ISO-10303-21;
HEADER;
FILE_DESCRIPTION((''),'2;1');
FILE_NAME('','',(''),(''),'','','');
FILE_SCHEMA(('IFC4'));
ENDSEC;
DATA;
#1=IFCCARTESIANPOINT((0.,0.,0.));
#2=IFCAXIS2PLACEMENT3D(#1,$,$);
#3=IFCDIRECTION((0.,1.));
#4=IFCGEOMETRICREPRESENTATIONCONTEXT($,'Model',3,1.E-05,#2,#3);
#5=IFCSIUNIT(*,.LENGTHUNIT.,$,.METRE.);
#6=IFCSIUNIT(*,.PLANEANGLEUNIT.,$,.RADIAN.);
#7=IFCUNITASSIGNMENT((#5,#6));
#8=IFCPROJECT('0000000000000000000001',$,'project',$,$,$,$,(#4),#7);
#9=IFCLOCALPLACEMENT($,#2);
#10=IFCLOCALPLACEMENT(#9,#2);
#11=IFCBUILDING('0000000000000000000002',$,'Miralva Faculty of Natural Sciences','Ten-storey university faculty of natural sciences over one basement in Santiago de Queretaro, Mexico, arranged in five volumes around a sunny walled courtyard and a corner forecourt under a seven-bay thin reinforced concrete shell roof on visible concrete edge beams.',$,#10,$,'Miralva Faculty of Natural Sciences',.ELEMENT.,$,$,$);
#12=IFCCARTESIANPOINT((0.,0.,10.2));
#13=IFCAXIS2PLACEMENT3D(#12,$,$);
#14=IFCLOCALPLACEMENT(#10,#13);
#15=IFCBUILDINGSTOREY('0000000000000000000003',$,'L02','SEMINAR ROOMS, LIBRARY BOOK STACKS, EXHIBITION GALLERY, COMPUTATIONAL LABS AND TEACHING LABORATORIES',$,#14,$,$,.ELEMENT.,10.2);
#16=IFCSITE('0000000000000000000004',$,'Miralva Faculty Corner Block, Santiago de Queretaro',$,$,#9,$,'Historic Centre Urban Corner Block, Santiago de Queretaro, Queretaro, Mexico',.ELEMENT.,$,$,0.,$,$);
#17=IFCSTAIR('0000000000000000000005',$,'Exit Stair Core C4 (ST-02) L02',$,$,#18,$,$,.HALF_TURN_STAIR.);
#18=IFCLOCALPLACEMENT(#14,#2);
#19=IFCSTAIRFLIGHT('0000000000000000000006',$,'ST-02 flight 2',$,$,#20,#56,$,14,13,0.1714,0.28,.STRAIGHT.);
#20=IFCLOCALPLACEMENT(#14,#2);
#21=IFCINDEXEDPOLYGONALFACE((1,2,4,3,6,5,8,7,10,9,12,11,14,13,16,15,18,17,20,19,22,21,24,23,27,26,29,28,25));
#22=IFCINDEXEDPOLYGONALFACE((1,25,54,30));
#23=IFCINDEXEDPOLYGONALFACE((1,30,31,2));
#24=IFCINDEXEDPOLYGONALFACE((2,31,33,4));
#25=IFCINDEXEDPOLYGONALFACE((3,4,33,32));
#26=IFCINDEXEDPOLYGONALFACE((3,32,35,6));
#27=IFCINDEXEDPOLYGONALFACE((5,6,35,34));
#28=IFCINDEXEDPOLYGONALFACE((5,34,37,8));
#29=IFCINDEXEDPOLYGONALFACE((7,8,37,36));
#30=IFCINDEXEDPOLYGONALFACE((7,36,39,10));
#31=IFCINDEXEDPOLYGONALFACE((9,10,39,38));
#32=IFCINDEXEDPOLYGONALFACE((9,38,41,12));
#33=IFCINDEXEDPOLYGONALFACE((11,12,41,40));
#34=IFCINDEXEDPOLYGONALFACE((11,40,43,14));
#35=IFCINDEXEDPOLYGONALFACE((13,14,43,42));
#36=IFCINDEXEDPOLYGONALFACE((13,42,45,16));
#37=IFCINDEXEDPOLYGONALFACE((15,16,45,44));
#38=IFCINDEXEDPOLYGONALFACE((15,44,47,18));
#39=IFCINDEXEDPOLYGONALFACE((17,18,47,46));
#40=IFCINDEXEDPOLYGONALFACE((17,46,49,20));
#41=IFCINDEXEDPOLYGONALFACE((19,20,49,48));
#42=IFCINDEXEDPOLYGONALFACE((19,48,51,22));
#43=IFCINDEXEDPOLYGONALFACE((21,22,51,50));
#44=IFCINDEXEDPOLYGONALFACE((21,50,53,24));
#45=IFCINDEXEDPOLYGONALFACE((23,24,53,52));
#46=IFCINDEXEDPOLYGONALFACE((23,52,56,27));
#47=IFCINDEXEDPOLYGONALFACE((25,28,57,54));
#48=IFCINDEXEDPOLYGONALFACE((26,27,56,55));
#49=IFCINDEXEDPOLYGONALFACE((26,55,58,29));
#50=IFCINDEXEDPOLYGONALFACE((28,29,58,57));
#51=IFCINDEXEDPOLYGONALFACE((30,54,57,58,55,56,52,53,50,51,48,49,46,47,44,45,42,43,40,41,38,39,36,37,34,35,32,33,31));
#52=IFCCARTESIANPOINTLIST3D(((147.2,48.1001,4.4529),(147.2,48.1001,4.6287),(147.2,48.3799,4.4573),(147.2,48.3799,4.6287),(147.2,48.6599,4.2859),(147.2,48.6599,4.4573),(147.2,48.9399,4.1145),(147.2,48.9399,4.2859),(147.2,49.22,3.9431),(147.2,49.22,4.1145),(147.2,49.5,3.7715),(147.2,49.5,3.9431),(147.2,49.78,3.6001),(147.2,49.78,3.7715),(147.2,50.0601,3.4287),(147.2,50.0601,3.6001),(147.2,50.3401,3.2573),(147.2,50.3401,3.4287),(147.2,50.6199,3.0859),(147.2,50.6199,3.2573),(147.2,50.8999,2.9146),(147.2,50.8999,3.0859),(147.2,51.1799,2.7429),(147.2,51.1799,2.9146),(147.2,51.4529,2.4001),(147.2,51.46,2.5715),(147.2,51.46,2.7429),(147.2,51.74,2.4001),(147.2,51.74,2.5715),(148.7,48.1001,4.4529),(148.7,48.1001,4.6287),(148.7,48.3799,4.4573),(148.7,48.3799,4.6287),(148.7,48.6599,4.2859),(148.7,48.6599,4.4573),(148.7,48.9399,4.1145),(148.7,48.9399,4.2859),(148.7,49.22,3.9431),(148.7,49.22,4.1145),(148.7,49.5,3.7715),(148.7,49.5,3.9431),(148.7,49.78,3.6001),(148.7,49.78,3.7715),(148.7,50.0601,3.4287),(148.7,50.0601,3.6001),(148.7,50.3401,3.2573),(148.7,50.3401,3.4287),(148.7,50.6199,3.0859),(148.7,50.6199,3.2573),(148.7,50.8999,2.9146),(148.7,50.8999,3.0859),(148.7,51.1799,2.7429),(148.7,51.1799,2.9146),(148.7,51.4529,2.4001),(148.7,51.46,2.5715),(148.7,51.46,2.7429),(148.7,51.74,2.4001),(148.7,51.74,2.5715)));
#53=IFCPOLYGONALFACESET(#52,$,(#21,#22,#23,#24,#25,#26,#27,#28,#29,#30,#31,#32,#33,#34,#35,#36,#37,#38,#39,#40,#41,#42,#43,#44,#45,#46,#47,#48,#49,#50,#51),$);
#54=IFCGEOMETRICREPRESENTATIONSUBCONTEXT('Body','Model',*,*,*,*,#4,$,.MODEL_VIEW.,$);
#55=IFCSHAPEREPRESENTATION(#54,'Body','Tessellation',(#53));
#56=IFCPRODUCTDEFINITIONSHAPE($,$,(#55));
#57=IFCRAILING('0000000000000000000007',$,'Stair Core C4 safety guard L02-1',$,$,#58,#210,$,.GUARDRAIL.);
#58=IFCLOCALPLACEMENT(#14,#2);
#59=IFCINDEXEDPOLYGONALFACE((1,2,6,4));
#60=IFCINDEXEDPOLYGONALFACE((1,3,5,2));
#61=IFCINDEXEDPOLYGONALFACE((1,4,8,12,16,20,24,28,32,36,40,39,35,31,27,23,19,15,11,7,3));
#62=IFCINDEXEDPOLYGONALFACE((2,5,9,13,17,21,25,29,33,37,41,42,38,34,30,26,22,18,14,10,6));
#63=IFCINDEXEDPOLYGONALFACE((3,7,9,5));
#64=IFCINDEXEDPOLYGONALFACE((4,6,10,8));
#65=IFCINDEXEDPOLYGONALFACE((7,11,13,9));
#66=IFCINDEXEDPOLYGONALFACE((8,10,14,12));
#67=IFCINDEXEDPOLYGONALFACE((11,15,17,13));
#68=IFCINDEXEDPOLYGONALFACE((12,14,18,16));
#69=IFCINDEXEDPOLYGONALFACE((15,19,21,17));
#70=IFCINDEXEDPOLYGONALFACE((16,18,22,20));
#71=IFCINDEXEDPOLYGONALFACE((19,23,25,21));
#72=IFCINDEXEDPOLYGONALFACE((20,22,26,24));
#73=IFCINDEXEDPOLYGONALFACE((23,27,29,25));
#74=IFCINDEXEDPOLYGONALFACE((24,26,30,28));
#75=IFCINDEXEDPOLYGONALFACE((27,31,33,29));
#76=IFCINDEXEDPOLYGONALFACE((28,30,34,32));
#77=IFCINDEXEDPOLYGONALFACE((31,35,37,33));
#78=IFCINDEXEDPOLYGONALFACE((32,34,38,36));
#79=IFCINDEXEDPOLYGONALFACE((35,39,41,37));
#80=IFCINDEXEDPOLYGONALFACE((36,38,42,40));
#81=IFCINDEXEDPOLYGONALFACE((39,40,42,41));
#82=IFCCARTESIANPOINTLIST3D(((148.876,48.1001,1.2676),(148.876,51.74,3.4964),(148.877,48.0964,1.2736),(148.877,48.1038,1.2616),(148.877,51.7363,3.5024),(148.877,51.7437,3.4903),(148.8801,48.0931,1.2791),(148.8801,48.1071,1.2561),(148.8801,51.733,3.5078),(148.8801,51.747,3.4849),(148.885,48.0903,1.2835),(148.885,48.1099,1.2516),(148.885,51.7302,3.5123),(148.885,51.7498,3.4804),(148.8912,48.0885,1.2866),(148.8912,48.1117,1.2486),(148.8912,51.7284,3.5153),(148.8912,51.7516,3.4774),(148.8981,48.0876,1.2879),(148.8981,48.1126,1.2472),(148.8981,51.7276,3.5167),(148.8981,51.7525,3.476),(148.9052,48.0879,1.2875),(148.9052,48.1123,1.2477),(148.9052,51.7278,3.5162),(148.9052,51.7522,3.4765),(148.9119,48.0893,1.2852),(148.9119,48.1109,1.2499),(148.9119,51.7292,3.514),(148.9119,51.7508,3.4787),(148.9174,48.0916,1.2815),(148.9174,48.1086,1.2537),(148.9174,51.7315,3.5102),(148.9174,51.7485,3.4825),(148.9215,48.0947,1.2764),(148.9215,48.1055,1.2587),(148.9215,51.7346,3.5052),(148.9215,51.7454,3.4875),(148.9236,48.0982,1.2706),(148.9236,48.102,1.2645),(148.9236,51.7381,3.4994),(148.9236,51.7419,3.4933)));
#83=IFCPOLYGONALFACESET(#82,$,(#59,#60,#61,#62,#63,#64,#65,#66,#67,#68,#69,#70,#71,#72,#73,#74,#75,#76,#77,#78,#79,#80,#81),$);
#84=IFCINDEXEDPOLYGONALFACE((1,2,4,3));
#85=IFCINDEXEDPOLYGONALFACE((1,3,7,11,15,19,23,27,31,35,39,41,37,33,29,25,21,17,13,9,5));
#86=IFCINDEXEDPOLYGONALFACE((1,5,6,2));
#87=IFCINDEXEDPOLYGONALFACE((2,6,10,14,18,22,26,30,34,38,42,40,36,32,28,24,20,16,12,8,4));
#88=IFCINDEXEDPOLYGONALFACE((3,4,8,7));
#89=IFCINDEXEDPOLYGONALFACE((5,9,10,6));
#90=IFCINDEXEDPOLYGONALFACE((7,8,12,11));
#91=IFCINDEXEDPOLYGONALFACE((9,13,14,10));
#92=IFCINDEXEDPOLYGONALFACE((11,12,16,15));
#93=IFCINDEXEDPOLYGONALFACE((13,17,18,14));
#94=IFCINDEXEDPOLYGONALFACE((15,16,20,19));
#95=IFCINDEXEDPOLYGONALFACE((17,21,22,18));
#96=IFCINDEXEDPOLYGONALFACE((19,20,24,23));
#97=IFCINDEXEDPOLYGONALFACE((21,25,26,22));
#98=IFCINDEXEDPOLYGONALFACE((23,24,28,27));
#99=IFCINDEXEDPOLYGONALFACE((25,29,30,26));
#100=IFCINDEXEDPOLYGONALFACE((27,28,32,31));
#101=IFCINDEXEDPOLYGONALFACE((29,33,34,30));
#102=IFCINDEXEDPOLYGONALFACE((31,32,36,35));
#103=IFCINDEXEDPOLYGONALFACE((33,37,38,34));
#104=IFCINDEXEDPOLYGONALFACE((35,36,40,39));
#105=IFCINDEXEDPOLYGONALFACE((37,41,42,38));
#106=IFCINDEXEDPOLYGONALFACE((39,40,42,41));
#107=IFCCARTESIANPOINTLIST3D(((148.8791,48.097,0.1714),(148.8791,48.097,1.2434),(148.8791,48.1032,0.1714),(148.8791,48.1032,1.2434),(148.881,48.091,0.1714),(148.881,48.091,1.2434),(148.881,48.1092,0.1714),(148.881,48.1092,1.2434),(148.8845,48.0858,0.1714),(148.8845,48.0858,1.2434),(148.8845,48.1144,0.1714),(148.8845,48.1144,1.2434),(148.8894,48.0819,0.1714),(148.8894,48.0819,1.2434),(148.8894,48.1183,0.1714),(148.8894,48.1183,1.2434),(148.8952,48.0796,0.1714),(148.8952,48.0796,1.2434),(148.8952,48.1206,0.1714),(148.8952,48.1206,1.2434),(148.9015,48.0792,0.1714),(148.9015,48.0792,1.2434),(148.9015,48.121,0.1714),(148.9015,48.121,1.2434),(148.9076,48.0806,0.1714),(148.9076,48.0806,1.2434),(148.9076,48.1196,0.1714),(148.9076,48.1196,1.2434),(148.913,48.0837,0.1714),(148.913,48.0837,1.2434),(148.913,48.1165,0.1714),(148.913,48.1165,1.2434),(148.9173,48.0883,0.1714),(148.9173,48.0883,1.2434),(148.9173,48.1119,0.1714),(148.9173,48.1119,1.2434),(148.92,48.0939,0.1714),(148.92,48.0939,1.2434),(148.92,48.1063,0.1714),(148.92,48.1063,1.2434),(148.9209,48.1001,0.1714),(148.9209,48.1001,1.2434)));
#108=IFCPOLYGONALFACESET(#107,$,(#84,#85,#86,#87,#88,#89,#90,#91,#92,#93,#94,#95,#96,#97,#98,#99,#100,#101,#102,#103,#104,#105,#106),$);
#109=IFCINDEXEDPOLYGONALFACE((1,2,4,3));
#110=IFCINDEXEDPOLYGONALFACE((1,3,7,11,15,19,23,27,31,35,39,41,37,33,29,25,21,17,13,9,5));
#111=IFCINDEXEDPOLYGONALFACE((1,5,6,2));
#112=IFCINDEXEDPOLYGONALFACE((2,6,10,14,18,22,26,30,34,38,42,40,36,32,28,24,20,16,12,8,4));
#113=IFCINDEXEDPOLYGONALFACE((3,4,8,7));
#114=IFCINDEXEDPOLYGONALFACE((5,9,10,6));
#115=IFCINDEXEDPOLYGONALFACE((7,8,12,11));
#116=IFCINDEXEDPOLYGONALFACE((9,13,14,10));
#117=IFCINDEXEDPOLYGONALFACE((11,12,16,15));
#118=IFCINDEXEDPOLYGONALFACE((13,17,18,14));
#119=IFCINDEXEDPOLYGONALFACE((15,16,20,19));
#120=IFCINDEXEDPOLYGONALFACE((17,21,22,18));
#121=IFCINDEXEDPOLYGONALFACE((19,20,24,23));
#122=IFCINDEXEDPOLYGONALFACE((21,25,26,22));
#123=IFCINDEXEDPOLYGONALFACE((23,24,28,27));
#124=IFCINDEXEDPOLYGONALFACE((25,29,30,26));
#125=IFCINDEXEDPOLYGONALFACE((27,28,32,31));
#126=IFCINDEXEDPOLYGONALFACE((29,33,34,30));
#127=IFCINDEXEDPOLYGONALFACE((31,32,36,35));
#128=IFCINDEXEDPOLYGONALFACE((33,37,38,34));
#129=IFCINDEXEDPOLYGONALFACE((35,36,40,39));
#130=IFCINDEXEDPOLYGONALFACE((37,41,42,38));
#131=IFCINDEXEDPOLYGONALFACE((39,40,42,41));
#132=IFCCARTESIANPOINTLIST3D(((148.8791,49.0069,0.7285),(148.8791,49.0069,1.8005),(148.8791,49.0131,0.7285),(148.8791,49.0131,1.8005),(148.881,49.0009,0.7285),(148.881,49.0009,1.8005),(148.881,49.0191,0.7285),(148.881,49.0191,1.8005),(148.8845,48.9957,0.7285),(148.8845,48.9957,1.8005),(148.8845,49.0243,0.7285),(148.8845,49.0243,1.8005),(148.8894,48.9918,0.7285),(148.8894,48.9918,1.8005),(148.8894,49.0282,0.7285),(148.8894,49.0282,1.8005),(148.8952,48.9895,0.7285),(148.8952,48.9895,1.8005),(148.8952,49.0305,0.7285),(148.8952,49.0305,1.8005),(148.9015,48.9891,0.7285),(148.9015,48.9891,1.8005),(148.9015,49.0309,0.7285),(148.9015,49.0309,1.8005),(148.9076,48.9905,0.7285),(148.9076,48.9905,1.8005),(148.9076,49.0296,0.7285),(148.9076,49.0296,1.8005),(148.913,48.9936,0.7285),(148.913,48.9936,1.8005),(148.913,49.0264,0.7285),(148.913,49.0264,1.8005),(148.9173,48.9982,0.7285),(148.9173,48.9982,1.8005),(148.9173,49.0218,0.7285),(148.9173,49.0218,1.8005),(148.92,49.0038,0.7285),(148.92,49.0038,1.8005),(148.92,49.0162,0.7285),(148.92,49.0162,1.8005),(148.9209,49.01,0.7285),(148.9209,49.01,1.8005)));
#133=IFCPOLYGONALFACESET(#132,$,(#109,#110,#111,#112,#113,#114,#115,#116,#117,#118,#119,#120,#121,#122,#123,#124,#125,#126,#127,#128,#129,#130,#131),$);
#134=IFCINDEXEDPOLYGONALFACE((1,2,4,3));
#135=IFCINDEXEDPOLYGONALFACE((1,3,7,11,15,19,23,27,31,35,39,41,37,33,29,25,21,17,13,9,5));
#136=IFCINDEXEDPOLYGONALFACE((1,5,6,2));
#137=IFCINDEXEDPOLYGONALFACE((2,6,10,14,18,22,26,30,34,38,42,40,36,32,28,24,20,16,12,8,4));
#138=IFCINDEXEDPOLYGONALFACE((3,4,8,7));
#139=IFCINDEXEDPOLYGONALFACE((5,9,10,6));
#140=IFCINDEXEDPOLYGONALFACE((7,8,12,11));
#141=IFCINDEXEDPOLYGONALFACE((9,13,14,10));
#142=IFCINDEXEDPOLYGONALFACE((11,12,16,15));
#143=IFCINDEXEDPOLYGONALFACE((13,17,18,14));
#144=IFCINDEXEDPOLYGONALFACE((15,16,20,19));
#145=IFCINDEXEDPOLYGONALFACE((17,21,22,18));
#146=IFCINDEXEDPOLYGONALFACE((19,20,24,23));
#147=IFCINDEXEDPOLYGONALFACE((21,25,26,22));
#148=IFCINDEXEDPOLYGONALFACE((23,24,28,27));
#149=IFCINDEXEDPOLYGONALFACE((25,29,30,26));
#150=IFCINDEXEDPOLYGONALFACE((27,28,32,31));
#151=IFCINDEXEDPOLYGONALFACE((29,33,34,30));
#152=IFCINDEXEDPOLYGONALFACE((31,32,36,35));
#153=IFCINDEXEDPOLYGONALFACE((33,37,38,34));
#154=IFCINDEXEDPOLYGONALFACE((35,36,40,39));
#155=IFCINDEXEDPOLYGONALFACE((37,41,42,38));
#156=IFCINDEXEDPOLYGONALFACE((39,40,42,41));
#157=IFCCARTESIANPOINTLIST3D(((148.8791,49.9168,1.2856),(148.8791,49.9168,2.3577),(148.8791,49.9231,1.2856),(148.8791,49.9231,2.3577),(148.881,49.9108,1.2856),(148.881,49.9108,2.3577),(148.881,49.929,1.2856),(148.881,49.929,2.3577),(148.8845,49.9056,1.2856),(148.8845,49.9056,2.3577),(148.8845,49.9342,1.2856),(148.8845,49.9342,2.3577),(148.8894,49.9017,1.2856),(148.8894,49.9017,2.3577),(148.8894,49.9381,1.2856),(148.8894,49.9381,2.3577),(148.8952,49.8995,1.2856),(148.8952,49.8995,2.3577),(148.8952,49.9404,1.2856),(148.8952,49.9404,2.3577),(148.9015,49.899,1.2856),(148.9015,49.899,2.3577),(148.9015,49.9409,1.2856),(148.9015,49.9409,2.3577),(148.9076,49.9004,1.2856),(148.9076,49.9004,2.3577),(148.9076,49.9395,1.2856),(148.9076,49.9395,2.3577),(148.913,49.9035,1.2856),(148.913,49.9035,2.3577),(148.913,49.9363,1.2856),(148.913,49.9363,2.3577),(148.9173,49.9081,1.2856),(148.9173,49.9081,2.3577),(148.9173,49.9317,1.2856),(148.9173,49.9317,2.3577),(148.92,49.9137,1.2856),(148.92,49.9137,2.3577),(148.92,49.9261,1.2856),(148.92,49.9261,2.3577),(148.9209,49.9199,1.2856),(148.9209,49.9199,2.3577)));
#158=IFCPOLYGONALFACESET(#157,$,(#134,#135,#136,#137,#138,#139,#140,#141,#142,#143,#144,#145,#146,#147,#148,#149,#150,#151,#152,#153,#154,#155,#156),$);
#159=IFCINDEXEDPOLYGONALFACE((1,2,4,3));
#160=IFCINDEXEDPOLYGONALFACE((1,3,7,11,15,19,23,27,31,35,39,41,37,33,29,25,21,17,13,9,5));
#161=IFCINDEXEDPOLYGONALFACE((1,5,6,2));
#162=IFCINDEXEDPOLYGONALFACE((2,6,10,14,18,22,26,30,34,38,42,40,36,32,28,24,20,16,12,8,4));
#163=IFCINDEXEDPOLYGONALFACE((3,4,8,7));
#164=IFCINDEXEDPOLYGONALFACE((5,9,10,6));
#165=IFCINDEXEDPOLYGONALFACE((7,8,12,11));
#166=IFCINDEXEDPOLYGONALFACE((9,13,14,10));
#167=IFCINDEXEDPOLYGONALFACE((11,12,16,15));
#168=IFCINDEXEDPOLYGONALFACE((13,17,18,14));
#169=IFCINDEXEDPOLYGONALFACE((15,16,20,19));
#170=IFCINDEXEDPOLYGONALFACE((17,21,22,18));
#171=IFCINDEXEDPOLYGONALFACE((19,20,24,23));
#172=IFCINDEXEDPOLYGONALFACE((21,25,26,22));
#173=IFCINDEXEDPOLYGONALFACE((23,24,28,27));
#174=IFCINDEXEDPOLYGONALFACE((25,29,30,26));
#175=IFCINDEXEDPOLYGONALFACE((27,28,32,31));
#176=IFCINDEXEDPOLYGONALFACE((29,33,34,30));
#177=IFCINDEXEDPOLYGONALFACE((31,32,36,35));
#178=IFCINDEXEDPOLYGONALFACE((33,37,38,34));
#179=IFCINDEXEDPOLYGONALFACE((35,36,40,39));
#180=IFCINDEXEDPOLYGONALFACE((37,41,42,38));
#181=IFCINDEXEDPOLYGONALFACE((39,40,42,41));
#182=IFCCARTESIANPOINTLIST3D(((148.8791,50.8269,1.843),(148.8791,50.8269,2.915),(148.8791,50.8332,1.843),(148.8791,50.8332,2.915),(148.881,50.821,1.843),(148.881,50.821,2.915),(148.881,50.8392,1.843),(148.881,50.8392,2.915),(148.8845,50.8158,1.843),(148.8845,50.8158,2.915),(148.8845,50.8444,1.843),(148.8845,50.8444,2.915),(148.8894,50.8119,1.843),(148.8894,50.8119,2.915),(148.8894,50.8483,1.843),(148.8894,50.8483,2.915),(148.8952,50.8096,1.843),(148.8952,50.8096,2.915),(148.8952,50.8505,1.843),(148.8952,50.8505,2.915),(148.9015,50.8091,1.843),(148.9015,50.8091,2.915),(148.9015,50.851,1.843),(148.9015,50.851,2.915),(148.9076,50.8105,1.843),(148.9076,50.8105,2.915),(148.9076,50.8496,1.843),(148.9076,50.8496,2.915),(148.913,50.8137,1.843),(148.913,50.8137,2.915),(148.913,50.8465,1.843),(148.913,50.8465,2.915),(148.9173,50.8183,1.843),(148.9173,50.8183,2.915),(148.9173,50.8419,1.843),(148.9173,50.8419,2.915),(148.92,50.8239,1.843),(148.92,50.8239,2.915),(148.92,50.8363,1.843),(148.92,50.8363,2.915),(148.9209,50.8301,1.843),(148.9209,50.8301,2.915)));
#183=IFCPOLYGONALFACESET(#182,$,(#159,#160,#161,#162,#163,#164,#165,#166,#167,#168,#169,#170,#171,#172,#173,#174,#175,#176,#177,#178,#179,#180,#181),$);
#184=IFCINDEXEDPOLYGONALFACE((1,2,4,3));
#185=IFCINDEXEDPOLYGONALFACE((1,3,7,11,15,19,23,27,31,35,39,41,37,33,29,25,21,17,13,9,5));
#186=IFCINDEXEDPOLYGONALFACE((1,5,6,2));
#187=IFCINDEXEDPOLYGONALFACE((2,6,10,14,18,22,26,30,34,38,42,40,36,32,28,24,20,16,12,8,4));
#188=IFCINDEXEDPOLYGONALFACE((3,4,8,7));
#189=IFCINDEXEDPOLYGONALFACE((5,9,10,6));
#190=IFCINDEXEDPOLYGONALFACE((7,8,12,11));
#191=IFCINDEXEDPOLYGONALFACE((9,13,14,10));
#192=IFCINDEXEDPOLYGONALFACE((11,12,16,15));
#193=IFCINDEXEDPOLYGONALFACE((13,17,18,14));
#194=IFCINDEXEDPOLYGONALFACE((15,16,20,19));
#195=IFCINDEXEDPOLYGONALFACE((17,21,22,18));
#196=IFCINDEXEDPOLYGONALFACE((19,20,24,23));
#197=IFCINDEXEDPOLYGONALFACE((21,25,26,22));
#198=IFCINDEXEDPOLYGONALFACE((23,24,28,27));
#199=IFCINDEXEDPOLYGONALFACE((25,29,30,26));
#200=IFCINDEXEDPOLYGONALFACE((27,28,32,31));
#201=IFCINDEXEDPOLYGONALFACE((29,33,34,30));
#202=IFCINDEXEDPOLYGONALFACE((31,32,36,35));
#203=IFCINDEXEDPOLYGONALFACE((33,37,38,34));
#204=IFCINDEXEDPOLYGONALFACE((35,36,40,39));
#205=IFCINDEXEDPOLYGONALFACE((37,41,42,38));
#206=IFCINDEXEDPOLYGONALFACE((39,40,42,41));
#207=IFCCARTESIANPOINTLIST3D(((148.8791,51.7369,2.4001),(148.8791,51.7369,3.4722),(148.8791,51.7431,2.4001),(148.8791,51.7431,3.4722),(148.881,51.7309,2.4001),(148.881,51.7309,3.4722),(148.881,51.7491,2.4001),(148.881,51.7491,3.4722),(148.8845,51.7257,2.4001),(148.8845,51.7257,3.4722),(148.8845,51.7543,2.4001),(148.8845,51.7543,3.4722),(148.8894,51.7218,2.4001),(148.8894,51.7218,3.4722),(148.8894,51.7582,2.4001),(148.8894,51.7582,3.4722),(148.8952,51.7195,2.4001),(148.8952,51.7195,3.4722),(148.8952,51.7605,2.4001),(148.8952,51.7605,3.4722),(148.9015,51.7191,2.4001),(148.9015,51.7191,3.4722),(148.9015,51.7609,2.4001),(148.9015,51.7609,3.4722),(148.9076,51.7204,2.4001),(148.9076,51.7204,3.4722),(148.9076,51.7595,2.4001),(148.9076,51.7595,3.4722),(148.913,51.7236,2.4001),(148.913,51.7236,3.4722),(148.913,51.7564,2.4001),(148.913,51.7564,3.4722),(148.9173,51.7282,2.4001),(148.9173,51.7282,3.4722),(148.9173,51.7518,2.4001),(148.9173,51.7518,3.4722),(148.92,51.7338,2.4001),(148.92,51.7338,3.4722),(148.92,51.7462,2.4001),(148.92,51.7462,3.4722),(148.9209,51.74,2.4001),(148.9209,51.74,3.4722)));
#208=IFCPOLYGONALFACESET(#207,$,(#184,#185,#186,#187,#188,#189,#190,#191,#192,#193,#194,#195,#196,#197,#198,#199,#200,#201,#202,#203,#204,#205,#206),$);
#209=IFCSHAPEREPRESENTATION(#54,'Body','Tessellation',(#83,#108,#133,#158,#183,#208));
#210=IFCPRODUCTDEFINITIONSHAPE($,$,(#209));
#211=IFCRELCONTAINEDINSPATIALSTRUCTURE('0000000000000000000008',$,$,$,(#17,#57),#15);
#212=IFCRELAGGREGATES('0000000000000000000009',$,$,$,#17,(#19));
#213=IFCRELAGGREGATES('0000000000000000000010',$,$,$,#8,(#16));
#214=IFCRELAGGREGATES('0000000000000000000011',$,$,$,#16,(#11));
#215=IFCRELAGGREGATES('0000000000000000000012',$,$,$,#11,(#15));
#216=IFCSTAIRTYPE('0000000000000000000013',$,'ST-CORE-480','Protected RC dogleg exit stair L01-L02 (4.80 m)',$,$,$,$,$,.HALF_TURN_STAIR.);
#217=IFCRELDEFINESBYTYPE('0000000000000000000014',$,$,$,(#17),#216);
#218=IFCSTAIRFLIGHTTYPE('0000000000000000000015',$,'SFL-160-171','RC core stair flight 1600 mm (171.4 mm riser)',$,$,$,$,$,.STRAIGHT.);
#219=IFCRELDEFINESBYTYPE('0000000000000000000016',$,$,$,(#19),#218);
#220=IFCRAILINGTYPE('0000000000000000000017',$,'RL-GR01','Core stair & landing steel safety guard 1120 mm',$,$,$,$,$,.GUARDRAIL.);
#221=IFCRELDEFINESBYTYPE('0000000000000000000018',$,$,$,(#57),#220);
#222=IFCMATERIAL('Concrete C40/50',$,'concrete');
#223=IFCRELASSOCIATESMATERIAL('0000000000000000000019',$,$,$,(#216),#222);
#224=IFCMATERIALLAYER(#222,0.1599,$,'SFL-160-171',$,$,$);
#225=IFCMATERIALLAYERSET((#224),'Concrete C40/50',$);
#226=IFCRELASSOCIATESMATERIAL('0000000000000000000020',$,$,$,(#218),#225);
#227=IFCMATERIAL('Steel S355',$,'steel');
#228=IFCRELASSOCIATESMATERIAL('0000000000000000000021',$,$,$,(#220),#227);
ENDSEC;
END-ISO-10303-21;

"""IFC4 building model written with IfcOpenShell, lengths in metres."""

from ifc_helpers import new_model, si_unit, direction, frame, origin, origin_2d, place, context, subcontext, project, spatial, polyline, circle, outline, extrude, material, layer, layer_set, type_object, element, aggregate, save


model = new_model("IFC4")

# Units and contexts
model_context = context("Model", 3, precision=1e-05, world=origin(), true_north=direction((0.0, 1.0)))
body_context = subcontext(model_context, "Body", "Model", "MODEL_VIEW")
ifc_project = project(units=[si_unit("LENGTHUNIT", "METRE"), si_unit("PLANEANGLEUNIT", "RADIAN")], contexts=[model_context])

# Site, building, storey
site_placement = place(None, origin())
site = spatial("IfcSite", under=ifc_project, at=site_placement, Name="Miralva Faculty Corner Block, Santiago de Queretaro", LongName="Historic Centre Urban Corner Block, Santiago de Queretaro, Queretaro, Mexico", CompositionType="ELEMENT", RefElevation=0.0)
building_placement = place(site_placement, origin())
building = spatial("IfcBuilding", under=site, at=building_placement, Name="Miralva Faculty of Natural Sciences", Description="Ten-storey university faculty of natural sciences over one basement in Santiago de Queretaro, Mexico, arranged in five volumes around a sunny walled courtyard and a corner forecourt under a seven-bay thin reinforced concrete shell roof on visible concrete edge beams.", LongName="Miralva Faculty of Natural Sciences", CompositionType="ELEMENT")
storey_placement = place(building_placement, frame((0.0, 0.0, 10.2)))
storey = spatial("IfcBuildingStorey", under=building, at=storey_placement, Name="L02", Description="SEMINAR ROOMS, LIBRARY BOOK STACKS, EXHIBITION GALLERY, COMPUTATIONAL LABS AND TEACHING LABORATORIES", CompositionType="ELEMENT", Elevation=10.2)

# Shared definitions
ifc_material_1 = material(Name="Concrete C40/50", Category="concrete")

# Stair, stair flight
stair_type = type_object("IfcStairType", Name="ST-CORE-480", Description="Protected RC dogleg exit stair L01-L02 (4.80 m)", PredefinedType="HALF_TURN_STAIR", material=ifc_material_1)
stair_placement = place(storey_placement, origin())
stair = element("IfcStair", 1, at=stair_placement, inside=storey, type_object=stair_type, Name="Exit Stair Core C4 (ST-02) L02", PredefinedType="HALF_TURN_STAIR")
ifc_layer_1 = layer(ifc_material_1, 0.1599, Name="SFL-160-171")
ifc_layer_set_1 = layer_set([ifc_layer_1], Name="Concrete C40/50")
stair_flight_type = type_object("IfcStairFlightType", Name="SFL-160-171", Description="RC core stair flight 1600 mm (171.4 mm riser)", PredefinedType="STRAIGHT", material=ifc_layer_set_1)
stair_flight_1_placement = place(storey_placement, frame((147.95, 51.74, 2.4001), z_axis=(0.0, 0.0, 1.0), x_axis=(0.0, -1.0, 0.0)))
stair_flight_1 = element("IfcStairFlight", 2, at=stair_flight_1_placement, type_object=stair_flight_type, Name="ST-02 flight 2", NumberOfRisers=14, NumberOfTreads=13, PredefinedType="STRAIGHT", RiserHeight=0.1714, TreadLength=0.28, context=body_context, shape_type="SweptSolid", body=[
    extrude(outline(polyline([(0.0, 0.0), (0.0, 0.1714), (0.28, 0.1714), (0.28, 0.3428), (0.5601, 0.3428), (0.5601, 0.5144), (0.8401, 0.5144), (0.8401, 0.6858), (1.1201, 0.6858), (1.1201, 0.8572), (1.3999, 0.8572), (1.3999, 1.0286), (1.6799, 1.0286), (1.6799, 1.2), (1.96, 1.2), (1.96, 1.3713), (2.24, 1.3713), (2.24, 1.543), (2.52, 1.543), (2.52, 1.7144), (2.8, 1.7144), (2.8, 1.8857), (3.0801, 1.8857), (3.0801, 2.0571), (3.3601, 2.0571), (3.3601, 2.2285), (3.6399, 2.2285), (3.6399, 2.3999), (3.6399, 2.0527), (0.2871, 0.0), (0.0, 0.0)])), frame((0.0, 0.75, 0.0), z_axis=(0.0, -1.0, 0.0), x_axis=(1.0, 0.0, 0.0)), (0.0, 0.0, 1.0), 1.5),
])
aggregate(stair, [stair_flight_1])

# Railing
ifc_material_2 = material(Name="Steel S355", Category="steel")
railing_type_1 = type_object("IfcRailingType", Name="RL-GR01", Description="Core stair & landing steel safety guard 1120 mm", PredefinedType="GUARDRAIL", material=ifc_material_2)
railing_1_placement = place(storey_placement, frame((148.8999, 48.1001, 0.1714)))
element("IfcRailing", 3, at=railing_1_placement, inside=storey, type_object=railing_type_1, Name="Stair Core C4 safety guard L02-1", PredefinedType="GUARDRAIL", context=body_context, shape_type="SweptSolid", body=[
    extrude(circle(Radius=0.0239, at=origin_2d()), frame((0.0, 0.0, 1.0962), z_axis=(0.0, 0.852825, 0.522197), x_axis=(-1.0, 0.0, 0.0)), (0.0, 0.0, 1.0), 4.2681),
    extrude(circle(Radius=0.021, at=origin_2d()), origin(), (0.0, 0.0, 1.0), 1.072),
    extrude(circle(Radius=0.021, at=origin_2d()), frame((0.0, 0.9099, 0.5571)), (0.0, 0.0, 1.0), 1.072),
    extrude(circle(Radius=0.021, at=origin_2d()), frame((0.0, 1.8198, 1.1143)), (0.0, 0.0, 1.0), 1.072),
    extrude(circle(Radius=0.021, at=origin_2d()), frame((0.0, 2.73, 1.6716)), (0.0, 0.0, 1.0), 1.072),
    extrude(circle(Radius=0.021, at=origin_2d()), frame((0.0, 3.6399, 2.2288)), (0.0, 0.0, 1.0), 1.072),
])

save(model, "model.ifc")
